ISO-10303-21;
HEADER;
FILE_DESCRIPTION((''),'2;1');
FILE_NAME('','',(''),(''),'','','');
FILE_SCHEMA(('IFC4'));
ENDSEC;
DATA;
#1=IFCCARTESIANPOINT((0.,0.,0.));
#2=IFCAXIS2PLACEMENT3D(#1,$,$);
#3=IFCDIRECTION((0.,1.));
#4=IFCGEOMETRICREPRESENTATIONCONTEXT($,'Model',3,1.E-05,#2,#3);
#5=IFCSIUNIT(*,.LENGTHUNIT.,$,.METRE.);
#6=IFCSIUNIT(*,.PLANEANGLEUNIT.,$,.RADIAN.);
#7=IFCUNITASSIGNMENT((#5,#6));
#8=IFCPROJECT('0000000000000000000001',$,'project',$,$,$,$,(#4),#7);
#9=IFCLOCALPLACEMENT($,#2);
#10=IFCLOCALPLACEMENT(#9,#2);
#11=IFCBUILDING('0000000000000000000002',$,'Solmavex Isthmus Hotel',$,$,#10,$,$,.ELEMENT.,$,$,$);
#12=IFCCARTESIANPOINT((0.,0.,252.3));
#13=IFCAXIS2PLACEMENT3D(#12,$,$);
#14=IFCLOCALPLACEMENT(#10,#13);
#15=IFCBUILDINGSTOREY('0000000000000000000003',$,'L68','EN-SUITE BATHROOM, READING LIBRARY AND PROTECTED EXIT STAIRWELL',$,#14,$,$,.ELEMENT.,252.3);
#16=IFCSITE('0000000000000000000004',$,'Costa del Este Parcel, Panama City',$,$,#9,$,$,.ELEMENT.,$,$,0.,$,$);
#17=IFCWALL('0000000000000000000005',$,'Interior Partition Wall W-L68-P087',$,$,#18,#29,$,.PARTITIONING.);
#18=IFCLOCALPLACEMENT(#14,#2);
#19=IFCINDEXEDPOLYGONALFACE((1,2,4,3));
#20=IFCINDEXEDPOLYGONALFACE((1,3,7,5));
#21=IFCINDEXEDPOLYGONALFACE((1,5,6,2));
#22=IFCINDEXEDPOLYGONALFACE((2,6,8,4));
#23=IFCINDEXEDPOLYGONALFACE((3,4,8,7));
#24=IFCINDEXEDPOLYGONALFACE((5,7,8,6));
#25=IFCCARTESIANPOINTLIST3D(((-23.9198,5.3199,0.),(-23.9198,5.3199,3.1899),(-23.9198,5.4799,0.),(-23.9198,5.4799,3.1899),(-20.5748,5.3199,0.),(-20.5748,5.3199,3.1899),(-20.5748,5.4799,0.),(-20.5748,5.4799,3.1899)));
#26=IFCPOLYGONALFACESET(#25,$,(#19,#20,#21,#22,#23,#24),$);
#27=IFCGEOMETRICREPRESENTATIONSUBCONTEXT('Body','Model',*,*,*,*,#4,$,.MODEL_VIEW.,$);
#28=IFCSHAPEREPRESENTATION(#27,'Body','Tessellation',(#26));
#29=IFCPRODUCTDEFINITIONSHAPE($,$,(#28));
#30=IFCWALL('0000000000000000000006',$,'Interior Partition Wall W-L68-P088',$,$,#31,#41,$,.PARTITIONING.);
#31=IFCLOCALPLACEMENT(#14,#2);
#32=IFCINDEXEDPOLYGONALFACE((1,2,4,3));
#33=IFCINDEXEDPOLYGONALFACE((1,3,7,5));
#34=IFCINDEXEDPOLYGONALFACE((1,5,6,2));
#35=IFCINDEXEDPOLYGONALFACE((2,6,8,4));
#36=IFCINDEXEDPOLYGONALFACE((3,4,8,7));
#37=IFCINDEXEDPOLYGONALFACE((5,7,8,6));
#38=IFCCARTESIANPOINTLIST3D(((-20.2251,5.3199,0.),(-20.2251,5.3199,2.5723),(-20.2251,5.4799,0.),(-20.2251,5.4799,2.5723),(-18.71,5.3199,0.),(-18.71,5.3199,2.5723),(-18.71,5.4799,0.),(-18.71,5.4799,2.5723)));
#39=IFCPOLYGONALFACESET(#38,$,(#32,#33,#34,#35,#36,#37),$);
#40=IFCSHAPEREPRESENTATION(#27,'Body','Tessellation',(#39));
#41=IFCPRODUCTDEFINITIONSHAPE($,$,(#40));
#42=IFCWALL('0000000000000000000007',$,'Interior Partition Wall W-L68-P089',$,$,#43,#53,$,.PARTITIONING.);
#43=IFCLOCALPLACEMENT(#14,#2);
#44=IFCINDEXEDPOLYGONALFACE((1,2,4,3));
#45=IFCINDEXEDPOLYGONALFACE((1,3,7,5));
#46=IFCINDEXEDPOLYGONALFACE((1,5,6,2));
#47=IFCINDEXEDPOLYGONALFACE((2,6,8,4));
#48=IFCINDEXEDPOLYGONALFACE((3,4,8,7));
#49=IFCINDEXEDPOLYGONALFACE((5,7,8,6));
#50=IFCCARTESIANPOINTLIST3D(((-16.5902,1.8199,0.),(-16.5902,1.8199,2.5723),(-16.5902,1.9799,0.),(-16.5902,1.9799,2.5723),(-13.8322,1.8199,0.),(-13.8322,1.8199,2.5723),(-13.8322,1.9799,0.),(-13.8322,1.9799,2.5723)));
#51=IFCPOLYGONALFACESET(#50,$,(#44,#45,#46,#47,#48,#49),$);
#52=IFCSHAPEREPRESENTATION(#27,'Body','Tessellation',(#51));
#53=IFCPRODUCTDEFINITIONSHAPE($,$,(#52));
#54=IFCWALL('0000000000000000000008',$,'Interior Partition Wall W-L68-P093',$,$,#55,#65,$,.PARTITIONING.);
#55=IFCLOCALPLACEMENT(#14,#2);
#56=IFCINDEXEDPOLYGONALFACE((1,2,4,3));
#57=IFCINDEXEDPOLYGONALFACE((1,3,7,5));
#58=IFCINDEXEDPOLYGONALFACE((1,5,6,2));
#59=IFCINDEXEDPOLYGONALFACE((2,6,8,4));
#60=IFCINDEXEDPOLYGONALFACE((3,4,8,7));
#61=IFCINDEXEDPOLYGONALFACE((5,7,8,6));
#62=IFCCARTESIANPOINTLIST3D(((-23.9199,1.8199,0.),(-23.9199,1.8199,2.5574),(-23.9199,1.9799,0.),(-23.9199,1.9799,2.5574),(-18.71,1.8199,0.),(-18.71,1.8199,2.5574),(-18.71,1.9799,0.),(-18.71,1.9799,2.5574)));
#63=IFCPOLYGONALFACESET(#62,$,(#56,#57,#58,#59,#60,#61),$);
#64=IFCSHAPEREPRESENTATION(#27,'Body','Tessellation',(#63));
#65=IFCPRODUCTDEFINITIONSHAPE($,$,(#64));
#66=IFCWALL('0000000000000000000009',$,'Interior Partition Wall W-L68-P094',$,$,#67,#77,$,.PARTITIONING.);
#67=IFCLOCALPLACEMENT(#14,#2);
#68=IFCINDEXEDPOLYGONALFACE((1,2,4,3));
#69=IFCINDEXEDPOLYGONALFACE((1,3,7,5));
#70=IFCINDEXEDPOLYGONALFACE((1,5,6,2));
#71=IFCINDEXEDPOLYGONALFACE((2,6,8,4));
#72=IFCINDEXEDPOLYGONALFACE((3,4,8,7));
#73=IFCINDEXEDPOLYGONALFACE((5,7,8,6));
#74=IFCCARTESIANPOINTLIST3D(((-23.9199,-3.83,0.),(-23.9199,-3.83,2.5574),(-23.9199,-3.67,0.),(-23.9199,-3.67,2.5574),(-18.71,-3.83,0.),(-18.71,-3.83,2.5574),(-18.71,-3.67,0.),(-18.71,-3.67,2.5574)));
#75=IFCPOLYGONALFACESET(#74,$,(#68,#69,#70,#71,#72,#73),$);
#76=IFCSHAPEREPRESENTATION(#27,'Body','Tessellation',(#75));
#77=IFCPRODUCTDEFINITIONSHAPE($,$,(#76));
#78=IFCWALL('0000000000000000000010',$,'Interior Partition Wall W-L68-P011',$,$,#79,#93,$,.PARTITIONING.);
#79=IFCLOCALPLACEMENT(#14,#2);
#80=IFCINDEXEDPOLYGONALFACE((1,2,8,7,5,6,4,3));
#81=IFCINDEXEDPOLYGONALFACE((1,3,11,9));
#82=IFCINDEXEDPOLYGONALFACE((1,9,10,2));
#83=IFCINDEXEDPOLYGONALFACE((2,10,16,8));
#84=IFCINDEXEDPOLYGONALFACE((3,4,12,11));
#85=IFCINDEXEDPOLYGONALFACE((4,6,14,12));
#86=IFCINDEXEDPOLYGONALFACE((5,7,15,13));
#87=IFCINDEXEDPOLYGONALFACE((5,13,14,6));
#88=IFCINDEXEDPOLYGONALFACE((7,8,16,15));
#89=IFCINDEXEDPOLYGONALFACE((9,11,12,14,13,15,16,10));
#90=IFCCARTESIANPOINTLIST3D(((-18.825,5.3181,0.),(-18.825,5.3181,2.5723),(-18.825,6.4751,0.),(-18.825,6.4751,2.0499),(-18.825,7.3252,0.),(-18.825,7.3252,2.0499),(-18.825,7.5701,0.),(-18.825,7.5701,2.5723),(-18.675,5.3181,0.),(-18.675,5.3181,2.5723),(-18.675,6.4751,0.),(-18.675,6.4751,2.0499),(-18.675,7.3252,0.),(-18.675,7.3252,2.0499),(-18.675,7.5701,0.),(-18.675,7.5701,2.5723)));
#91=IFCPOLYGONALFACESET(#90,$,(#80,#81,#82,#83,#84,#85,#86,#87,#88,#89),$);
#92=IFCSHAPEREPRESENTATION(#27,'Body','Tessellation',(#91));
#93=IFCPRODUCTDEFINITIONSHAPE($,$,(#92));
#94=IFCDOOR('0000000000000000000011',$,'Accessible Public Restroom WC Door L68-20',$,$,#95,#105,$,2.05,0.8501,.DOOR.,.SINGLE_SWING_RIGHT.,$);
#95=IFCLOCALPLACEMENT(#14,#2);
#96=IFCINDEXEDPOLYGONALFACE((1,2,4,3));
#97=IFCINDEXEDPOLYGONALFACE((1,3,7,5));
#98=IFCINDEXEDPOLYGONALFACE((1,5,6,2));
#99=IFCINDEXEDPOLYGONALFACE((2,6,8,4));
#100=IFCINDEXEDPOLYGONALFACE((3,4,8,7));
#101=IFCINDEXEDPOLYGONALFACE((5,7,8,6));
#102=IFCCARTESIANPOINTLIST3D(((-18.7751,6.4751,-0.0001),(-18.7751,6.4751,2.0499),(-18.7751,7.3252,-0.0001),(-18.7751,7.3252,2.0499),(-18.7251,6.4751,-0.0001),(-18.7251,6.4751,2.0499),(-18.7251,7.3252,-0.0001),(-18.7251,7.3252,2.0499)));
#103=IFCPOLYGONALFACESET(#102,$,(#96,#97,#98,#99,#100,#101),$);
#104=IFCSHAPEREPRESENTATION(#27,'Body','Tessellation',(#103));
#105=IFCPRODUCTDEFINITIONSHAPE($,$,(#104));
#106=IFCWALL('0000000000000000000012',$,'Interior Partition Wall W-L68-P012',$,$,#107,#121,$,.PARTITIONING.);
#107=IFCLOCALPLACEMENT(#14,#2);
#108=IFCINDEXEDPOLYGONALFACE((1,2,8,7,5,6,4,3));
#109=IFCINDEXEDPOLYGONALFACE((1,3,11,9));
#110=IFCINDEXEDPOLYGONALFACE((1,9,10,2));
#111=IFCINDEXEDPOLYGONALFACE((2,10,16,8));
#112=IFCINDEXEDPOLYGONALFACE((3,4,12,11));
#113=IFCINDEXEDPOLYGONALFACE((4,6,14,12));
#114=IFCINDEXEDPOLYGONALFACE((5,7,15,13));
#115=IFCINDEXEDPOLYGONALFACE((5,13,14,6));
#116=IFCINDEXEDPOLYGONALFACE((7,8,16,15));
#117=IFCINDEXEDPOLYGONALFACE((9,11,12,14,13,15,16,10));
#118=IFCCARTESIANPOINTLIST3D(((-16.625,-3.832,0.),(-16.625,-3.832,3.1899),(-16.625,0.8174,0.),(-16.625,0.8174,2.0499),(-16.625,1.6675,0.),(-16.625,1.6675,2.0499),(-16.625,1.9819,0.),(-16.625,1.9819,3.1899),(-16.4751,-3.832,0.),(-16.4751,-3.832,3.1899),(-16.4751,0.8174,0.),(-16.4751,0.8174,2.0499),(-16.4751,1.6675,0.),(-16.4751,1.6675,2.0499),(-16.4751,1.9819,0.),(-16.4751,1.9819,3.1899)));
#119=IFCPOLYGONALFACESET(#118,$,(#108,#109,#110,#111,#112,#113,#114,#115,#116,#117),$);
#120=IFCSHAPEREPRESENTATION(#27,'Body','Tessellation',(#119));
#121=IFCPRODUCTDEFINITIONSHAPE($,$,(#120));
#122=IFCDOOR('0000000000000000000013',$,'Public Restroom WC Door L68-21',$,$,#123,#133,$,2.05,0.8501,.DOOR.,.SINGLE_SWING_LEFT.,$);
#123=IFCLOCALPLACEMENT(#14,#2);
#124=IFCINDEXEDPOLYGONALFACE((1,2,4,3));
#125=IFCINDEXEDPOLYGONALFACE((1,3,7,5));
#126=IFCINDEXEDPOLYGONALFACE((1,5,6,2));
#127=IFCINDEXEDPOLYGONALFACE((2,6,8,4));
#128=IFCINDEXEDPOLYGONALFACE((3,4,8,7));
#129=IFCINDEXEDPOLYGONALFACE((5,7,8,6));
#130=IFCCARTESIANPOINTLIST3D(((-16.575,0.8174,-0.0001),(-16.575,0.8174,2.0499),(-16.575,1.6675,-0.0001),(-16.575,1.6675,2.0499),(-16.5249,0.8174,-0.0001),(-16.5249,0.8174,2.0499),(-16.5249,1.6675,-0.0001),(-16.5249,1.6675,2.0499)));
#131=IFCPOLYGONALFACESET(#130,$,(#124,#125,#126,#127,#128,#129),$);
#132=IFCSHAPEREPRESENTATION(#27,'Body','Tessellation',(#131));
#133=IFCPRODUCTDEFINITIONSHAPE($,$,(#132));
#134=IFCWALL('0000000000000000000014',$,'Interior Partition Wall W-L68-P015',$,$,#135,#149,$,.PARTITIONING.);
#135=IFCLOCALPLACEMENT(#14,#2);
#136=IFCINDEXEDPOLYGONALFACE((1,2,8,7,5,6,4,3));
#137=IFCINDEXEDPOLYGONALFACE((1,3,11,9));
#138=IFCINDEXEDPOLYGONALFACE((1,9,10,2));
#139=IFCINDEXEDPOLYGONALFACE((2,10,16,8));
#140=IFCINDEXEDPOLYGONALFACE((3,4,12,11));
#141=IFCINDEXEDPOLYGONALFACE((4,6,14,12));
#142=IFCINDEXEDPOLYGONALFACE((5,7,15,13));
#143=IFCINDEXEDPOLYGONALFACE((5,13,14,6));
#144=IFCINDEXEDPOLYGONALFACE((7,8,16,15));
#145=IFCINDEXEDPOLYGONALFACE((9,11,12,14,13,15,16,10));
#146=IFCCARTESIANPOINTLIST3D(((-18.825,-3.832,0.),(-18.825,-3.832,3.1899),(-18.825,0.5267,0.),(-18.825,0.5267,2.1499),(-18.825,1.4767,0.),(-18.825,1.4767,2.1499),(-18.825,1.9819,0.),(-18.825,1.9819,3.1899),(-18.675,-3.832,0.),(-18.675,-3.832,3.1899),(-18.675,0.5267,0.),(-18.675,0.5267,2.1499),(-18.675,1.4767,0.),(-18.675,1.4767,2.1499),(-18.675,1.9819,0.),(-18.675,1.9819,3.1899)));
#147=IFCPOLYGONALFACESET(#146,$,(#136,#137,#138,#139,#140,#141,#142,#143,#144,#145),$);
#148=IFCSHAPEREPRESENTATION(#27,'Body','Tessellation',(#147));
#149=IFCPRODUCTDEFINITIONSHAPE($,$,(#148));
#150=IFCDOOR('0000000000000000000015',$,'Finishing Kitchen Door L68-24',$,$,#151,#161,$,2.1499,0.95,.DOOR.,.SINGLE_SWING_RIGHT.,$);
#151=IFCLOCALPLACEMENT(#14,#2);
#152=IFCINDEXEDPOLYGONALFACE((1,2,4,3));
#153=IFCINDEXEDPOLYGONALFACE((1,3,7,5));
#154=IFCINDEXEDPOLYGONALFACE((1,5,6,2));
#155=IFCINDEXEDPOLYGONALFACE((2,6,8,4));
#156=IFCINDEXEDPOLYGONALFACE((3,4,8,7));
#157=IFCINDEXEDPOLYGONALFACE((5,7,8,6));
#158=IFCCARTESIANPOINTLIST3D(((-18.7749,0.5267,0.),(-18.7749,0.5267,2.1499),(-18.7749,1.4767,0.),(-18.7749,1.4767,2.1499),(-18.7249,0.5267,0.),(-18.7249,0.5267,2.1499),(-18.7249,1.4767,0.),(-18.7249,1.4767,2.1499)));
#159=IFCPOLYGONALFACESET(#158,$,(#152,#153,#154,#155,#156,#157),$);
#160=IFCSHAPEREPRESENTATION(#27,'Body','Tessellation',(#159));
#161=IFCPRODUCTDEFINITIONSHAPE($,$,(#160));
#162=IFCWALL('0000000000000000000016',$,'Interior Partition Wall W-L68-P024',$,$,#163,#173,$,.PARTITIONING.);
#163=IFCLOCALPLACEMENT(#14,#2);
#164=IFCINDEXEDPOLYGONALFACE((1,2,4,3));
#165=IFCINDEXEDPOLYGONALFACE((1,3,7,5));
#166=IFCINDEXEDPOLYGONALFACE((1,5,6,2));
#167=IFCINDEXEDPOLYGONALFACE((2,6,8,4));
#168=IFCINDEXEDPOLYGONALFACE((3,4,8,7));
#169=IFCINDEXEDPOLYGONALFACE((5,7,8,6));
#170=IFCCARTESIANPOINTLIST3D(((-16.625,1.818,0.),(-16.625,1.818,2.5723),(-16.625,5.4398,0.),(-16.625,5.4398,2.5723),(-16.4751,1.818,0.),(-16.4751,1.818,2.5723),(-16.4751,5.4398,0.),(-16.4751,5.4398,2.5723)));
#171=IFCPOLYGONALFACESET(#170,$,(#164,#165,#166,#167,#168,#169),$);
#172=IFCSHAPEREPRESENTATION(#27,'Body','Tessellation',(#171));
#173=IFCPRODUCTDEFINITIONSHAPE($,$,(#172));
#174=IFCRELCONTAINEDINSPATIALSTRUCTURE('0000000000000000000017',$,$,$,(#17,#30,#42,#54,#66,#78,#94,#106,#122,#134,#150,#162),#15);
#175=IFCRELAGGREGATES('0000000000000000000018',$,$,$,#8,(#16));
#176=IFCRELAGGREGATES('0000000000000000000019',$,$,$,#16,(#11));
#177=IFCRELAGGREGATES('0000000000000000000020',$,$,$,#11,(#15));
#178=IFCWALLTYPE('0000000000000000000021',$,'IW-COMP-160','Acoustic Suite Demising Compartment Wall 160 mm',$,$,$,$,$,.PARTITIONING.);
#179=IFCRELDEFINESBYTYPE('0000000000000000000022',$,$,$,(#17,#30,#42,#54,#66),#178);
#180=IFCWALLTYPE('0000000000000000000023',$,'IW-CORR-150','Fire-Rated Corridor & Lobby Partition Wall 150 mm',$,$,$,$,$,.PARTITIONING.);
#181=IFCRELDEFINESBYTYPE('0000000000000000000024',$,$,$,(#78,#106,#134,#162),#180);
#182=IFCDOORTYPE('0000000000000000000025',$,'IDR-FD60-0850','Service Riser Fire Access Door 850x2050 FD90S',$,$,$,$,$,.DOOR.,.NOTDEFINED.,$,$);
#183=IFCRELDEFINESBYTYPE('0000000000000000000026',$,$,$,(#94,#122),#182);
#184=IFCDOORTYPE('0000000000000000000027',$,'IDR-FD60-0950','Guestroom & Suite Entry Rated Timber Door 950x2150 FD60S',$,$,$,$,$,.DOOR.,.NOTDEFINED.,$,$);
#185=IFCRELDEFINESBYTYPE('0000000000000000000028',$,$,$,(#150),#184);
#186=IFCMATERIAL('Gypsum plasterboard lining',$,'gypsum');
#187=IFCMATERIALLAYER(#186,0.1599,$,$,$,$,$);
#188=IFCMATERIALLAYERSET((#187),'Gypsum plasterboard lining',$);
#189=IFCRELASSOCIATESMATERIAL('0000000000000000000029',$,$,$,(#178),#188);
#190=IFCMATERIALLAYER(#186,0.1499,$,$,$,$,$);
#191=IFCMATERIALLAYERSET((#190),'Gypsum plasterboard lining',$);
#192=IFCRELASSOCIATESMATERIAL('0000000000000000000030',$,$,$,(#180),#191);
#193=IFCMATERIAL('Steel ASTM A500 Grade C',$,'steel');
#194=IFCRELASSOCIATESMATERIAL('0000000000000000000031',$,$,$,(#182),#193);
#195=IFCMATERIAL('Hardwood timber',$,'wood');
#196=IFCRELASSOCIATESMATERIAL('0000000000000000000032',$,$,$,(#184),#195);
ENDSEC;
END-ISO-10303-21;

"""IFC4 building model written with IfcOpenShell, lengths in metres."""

from ifc_helpers import new_model, si_unit, direction, frame, frame_2d, origin, place, context, subcontext, project, spatial, rectangle, extrude, material, layer, layer_set, type_object, element, fill, save


model = new_model("IFC4")

# Units and contexts
model_context = context("Model", 3, precision=1e-05, world=origin(), true_north=direction((0.0, 1.0)))
body_context = subcontext(model_context, "Body", "Model", "MODEL_VIEW")
ifc_project = project(units=[si_unit("LENGTHUNIT", "METRE"), si_unit("PLANEANGLEUNIT", "RADIAN")], contexts=[model_context])

# Site, building, storey
site_placement = place(None, origin())
site = spatial("IfcSite", under=ifc_project, at=site_placement, Name="Costa del Este Parcel, Panama City", CompositionType="ELEMENT", RefElevation=0.0)
building_placement = place(site_placement, origin())
building = spatial("IfcBuilding", under=site, at=building_placement, Name="Solmavex Isthmus Hotel", CompositionType="ELEMENT")
storey_placement = place(building_placement, frame((0.0, 0.0, 252.3)))
storey = spatial("IfcBuildingStorey", under=building, at=storey_placement, Name="L68", Description="EN-SUITE BATHROOM, READING LIBRARY AND PROTECTED EXIT STAIRWELL", CompositionType="ELEMENT", Elevation=252.3)

# Walls
ifc_material_1 = material(Name="Gypsum plasterboard lining", Category="gypsum")
ifc_layer_1 = layer(ifc_material_1, 0.1599)
ifc_layer_set_1 = layer_set([ifc_layer_1], Name="Gypsum plasterboard lining")
wall_type_1 = type_object("IfcWallType", Name="IW-COMP-160", Description="Acoustic Suite Demising Compartment Wall 160 mm", PredefinedType="PARTITIONING", material=ifc_layer_set_1)
wall_1_placement = place(storey_placement, frame((-20.575, 5.3999, 0.0), z_axis=(0.0, 0.0, 1.0), x_axis=(-1.0, 0.0, 0.0)))
element("IfcWall", 1, at=wall_1_placement, inside=storey, type_object=wall_type_1, Name="Interior Partition Wall W-L68-P087", PredefinedType="PARTITIONING", context=body_context, shape_type="SweptSolid", body=[
    extrude(rectangle(XDim=3.345, YDim=0.1599, at=frame_2d((1.6724, 0.0))), origin(), (0.0, 0.0, 1.0), 3.1899),
])
wall_2_placement = place(storey_placement, frame((-18.71, 5.3999, 0.0), z_axis=(0.0, 0.0, 1.0), x_axis=(-1.0, 0.0, 0.0)))
element("IfcWall", 2, at=wall_2_placement, inside=storey, type_object=wall_type_1, Name="Interior Partition Wall W-L68-P088", PredefinedType="PARTITIONING", context=body_context, shape_type="SweptSolid", body=[
    extrude(rectangle(XDim=1.5151, YDim=0.1599, at=frame_2d((0.7576, 0.0))), origin(), (0.0, 0.0, 1.0), 2.5723),
])
wall_3_placement = place(storey_placement, frame((-16.5901, 1.8999, 0.0), z_axis=(0.0, 0.0, 1.0), x_axis=(1.0, 0.0, 0.0)))
element("IfcWall", 3, at=wall_3_placement, inside=storey, type_object=wall_type_1, Name="Interior Partition Wall W-L68-P089", PredefinedType="PARTITIONING", context=body_context, shape_type="SweptSolid", body=[
    extrude(rectangle(XDim=2.7581, YDim=0.1599, at=frame_2d((1.3789, 0.0))), origin(), (0.0, 0.0, 1.0), 2.5723),
])
for number, where, z_axis, x_axis, name in (
    (4, (-18.71, 1.8999, 0.0), (0.0, 0.0, 1.0), (-1.0, 0.0, 0.0), "Interior Partition Wall W-L68-P093"),
    (5, (-18.71, -3.75, 0.0), (0.0, 0.0, 1.0), (-1.0, 0.0, 0.0), "Interior Partition Wall W-L68-P094"),
):
    element("IfcWall", number, at=place(storey_placement, frame(where, z_axis=z_axis, x_axis=x_axis)), inside=storey, type_object=wall_type_1, Name=name, PredefinedType="PARTITIONING", context=body_context, shape_type="SweptSolid", body=[
        extrude(rectangle(XDim=5.21, YDim=0.1599, at=frame_2d((2.605, 0.0))), origin(), (0.0, 0.0, 1.0), 2.5574),
    ])

# Walls, openings, doors
ifc_layer_2 = layer(ifc_material_1, 0.1499)
ifc_layer_set_2 = layer_set([ifc_layer_2], Name="Gypsum plasterboard lining")
wall_type_2 = type_object("IfcWallType", Name="IW-CORR-150", Description="Fire-Rated Corridor & Lobby Partition Wall 150 mm", PredefinedType="PARTITIONING", material=ifc_layer_set_2)
wall_4_placement = place(storey_placement, frame((-18.75, 5.3181, 0.0), z_axis=(0.0, 0.0, 1.0), x_axis=(0.0, 1.0, 0.0)))
wall_4 = element("IfcWall", 6, at=wall_4_placement, inside=storey, type_object=wall_type_2, Name="Interior Partition Wall W-L68-P011", PredefinedType="PARTITIONING", context=body_context, shape_type="SweptSolid", body=[
    extrude(rectangle(XDim=2.252, YDim=0.1499, at=frame_2d((1.126, 0.0))), origin(), (0.0, 0.0, 1.0), 2.5723),
])
opening_1_placement = place(wall_4_placement, frame((1.157, 0.0, 0.0)))
opening_1 = element("IfcOpeningElement", 7, at=opening_1_placement, cuts=wall_4, PredefinedType="OPENING", context=body_context, shape_type="SweptSolid", body=[
    extrude(rectangle(XDim=0.8501, YDim=2.05, at=frame_2d((0.425, 1.0249))), frame((0.0, 0.085, 0.0), z_axis=(0.0, -1.0, 0.0), x_axis=(1.0, 0.0, 0.0)), (0.0, 0.0, 1.0), 0.1699),
])
ifc_material_2 = material(Name="Steel ASTM A500 Grade C", Category="steel")
door_type_1 = type_object("IfcDoorType", Name="IDR-FD60-0850", Description="Service Riser Fire Access Door 850x2050 FD90S", OperationType="NOTDEFINED", PredefinedType="DOOR", material=ifc_material_2)
door_1_placement = place(opening_1_placement, frame((0.8501, 0.0, 0.0), z_axis=(0.0, 0.0, 1.0), x_axis=(-1.0, 0.0, 0.0)))
door_1 = element("IfcDoor", 8, at=door_1_placement, inside=storey, type_object=door_type_1, Name="Accessible Public Restroom WC Door L68-20", OperationType="SINGLE_SWING_RIGHT", OverallHeight=2.05, OverallWidth=0.8501, PredefinedType="DOOR", context=body_context, shape_type="SweptSolid", body=[
    extrude(rectangle(XDim=0.8501, YDim=2.05, at=frame_2d((0.425, 1.0249))), frame((0.0, 0.0249, 0.0), z_axis=(0.0, -1.0, 0.0), x_axis=(1.0, 0.0, 0.0)), (0.0, 0.0, 1.0), 0.05),
])
fill(opening_1, door_1)
wall_5_placement = place(storey_placement, frame((-16.55, 1.9819, 0.0), z_axis=(0.0, 0.0, 1.0), x_axis=(0.0, -1.0, 0.0)))
wall_5 = element("IfcWall", 9, at=wall_5_placement, inside=storey, type_object=wall_type_2, Name="Interior Partition Wall W-L68-P012", PredefinedType="PARTITIONING", context=body_context, shape_type="SweptSolid", body=[
    extrude(rectangle(XDim=5.814, YDim=0.1499, at=frame_2d((2.907, 0.0))), origin(), (0.0, 0.0, 1.0), 3.1899),
])
opening_2_placement = place(wall_5_placement, frame((0.3145, 0.0, 0.0)))
opening_2 = element("IfcOpeningElement", 10, at=opening_2_placement, cuts=wall_5, PredefinedType="OPENING", context=body_context, shape_type="SweptSolid", body=[
    extrude(rectangle(XDim=0.8501, YDim=2.05, at=frame_2d((0.425, 1.0249))), frame((0.0, 0.085, 0.0), z_axis=(0.0, -1.0, 0.0), x_axis=(1.0, 0.0, 0.0)), (0.0, 0.0, 1.0), 0.1699),
])
door_2_placement = place(opening_2_placement, frame((0.8501, 0.0, 0.0), z_axis=(0.0, 0.0, 1.0), x_axis=(-1.0, 0.0, 0.0)))
door_2 = element("IfcDoor", 11, at=door_2_placement, inside=storey, type_object=door_type_1, Name="Public Restroom WC Door L68-21", OperationType="SINGLE_SWING_LEFT", OverallHeight=2.05, OverallWidth=0.8501, PredefinedType="DOOR", context=body_context, shape_type="SweptSolid", body=[
    extrude(rectangle(XDim=0.8501, YDim=2.05, at=frame_2d((0.425, 1.0249))), frame((0.0, 0.0249, 0.0), z_axis=(0.0, -1.0, 0.0), x_axis=(1.0, 0.0, 0.0)), (0.0, 0.0, 1.0), 0.05),
])
fill(opening_2, door_2)
ifc_material_3 = material(Name="Hardwood timber", Category="wood")
door_type_2 = type_object("IfcDoorType", Name="IDR-FD60-0950", Description="Guestroom & Suite Entry Rated Timber Door 950x2150 FD60S", OperationType="NOTDEFINED", PredefinedType="DOOR", material=ifc_material_3)
wall_6_placement = place(storey_placement, frame((-18.75, -3.832, 0.0), z_axis=(0.0, 0.0, 1.0), x_axis=(0.0, 1.0, 0.0)))
wall_6 = element("IfcWall", 12, at=wall_6_placement, inside=storey, type_object=wall_type_2, Name="Interior Partition Wall W-L68-P015", PredefinedType="PARTITIONING", context=body_context, shape_type="SweptSolid", body=[
    extrude(rectangle(XDim=5.814, YDim=0.1499, at=frame_2d((2.907, 0.0))), origin(), (0.0, 0.0, 1.0), 3.1899),
])
opening_3_placement = place(wall_6_placement, frame((4.3586, 0.0, 0.0)))
opening_3 = element("IfcOpeningElement", 13, at=opening_3_placement, cuts=wall_6, PredefinedType="OPENING", context=body_context, shape_type="SweptSolid", body=[
    extrude(rectangle(XDim=0.95, YDim=2.1499, at=frame_2d((0.4751, 1.075))), frame((0.0, 0.085, 0.0), z_axis=(0.0, -1.0, 0.0), x_axis=(1.0, 0.0, 0.0)), (0.0, 0.0, 1.0), 0.1699),
])
door_3_placement = place(opening_3_placement, origin())
door_3 = element("IfcDoor", 14, at=door_3_placement, inside=storey, type_object=door_type_2, Name="Finishing Kitchen Door L68-24", OperationType="SINGLE_SWING_RIGHT", OverallHeight=2.1499, OverallWidth=0.95, PredefinedType="DOOR", context=body_context, shape_type="SweptSolid", body=[
    extrude(rectangle(XDim=0.95, YDim=2.1499, at=frame_2d((0.4751, 1.075))), frame((0.0, 0.0249, 0.0), z_axis=(0.0, -1.0, 0.0), x_axis=(1.0, 0.0, 0.0)), (0.0, 0.0, 1.0), 0.05),
])
fill(opening_3, door_3)

# Wall
wall_7_placement = place(storey_placement, frame((-16.55, 5.4399, 0.0), z_axis=(0.0, 0.0, 1.0), x_axis=(0.0, -1.0, 0.0)))
element("IfcWall", 15, at=wall_7_placement, inside=storey, type_object=wall_type_2, Name="Interior Partition Wall W-L68-P024", PredefinedType="PARTITIONING", context=body_context, shape_type="SweptSolid", body=[
    extrude(rectangle(XDim=3.6218, YDim=0.1499, at=frame_2d((1.811, 0.0))), origin(), (0.0, 0.0, 1.0), 2.5723),
])

save(model, "model.ifc")
